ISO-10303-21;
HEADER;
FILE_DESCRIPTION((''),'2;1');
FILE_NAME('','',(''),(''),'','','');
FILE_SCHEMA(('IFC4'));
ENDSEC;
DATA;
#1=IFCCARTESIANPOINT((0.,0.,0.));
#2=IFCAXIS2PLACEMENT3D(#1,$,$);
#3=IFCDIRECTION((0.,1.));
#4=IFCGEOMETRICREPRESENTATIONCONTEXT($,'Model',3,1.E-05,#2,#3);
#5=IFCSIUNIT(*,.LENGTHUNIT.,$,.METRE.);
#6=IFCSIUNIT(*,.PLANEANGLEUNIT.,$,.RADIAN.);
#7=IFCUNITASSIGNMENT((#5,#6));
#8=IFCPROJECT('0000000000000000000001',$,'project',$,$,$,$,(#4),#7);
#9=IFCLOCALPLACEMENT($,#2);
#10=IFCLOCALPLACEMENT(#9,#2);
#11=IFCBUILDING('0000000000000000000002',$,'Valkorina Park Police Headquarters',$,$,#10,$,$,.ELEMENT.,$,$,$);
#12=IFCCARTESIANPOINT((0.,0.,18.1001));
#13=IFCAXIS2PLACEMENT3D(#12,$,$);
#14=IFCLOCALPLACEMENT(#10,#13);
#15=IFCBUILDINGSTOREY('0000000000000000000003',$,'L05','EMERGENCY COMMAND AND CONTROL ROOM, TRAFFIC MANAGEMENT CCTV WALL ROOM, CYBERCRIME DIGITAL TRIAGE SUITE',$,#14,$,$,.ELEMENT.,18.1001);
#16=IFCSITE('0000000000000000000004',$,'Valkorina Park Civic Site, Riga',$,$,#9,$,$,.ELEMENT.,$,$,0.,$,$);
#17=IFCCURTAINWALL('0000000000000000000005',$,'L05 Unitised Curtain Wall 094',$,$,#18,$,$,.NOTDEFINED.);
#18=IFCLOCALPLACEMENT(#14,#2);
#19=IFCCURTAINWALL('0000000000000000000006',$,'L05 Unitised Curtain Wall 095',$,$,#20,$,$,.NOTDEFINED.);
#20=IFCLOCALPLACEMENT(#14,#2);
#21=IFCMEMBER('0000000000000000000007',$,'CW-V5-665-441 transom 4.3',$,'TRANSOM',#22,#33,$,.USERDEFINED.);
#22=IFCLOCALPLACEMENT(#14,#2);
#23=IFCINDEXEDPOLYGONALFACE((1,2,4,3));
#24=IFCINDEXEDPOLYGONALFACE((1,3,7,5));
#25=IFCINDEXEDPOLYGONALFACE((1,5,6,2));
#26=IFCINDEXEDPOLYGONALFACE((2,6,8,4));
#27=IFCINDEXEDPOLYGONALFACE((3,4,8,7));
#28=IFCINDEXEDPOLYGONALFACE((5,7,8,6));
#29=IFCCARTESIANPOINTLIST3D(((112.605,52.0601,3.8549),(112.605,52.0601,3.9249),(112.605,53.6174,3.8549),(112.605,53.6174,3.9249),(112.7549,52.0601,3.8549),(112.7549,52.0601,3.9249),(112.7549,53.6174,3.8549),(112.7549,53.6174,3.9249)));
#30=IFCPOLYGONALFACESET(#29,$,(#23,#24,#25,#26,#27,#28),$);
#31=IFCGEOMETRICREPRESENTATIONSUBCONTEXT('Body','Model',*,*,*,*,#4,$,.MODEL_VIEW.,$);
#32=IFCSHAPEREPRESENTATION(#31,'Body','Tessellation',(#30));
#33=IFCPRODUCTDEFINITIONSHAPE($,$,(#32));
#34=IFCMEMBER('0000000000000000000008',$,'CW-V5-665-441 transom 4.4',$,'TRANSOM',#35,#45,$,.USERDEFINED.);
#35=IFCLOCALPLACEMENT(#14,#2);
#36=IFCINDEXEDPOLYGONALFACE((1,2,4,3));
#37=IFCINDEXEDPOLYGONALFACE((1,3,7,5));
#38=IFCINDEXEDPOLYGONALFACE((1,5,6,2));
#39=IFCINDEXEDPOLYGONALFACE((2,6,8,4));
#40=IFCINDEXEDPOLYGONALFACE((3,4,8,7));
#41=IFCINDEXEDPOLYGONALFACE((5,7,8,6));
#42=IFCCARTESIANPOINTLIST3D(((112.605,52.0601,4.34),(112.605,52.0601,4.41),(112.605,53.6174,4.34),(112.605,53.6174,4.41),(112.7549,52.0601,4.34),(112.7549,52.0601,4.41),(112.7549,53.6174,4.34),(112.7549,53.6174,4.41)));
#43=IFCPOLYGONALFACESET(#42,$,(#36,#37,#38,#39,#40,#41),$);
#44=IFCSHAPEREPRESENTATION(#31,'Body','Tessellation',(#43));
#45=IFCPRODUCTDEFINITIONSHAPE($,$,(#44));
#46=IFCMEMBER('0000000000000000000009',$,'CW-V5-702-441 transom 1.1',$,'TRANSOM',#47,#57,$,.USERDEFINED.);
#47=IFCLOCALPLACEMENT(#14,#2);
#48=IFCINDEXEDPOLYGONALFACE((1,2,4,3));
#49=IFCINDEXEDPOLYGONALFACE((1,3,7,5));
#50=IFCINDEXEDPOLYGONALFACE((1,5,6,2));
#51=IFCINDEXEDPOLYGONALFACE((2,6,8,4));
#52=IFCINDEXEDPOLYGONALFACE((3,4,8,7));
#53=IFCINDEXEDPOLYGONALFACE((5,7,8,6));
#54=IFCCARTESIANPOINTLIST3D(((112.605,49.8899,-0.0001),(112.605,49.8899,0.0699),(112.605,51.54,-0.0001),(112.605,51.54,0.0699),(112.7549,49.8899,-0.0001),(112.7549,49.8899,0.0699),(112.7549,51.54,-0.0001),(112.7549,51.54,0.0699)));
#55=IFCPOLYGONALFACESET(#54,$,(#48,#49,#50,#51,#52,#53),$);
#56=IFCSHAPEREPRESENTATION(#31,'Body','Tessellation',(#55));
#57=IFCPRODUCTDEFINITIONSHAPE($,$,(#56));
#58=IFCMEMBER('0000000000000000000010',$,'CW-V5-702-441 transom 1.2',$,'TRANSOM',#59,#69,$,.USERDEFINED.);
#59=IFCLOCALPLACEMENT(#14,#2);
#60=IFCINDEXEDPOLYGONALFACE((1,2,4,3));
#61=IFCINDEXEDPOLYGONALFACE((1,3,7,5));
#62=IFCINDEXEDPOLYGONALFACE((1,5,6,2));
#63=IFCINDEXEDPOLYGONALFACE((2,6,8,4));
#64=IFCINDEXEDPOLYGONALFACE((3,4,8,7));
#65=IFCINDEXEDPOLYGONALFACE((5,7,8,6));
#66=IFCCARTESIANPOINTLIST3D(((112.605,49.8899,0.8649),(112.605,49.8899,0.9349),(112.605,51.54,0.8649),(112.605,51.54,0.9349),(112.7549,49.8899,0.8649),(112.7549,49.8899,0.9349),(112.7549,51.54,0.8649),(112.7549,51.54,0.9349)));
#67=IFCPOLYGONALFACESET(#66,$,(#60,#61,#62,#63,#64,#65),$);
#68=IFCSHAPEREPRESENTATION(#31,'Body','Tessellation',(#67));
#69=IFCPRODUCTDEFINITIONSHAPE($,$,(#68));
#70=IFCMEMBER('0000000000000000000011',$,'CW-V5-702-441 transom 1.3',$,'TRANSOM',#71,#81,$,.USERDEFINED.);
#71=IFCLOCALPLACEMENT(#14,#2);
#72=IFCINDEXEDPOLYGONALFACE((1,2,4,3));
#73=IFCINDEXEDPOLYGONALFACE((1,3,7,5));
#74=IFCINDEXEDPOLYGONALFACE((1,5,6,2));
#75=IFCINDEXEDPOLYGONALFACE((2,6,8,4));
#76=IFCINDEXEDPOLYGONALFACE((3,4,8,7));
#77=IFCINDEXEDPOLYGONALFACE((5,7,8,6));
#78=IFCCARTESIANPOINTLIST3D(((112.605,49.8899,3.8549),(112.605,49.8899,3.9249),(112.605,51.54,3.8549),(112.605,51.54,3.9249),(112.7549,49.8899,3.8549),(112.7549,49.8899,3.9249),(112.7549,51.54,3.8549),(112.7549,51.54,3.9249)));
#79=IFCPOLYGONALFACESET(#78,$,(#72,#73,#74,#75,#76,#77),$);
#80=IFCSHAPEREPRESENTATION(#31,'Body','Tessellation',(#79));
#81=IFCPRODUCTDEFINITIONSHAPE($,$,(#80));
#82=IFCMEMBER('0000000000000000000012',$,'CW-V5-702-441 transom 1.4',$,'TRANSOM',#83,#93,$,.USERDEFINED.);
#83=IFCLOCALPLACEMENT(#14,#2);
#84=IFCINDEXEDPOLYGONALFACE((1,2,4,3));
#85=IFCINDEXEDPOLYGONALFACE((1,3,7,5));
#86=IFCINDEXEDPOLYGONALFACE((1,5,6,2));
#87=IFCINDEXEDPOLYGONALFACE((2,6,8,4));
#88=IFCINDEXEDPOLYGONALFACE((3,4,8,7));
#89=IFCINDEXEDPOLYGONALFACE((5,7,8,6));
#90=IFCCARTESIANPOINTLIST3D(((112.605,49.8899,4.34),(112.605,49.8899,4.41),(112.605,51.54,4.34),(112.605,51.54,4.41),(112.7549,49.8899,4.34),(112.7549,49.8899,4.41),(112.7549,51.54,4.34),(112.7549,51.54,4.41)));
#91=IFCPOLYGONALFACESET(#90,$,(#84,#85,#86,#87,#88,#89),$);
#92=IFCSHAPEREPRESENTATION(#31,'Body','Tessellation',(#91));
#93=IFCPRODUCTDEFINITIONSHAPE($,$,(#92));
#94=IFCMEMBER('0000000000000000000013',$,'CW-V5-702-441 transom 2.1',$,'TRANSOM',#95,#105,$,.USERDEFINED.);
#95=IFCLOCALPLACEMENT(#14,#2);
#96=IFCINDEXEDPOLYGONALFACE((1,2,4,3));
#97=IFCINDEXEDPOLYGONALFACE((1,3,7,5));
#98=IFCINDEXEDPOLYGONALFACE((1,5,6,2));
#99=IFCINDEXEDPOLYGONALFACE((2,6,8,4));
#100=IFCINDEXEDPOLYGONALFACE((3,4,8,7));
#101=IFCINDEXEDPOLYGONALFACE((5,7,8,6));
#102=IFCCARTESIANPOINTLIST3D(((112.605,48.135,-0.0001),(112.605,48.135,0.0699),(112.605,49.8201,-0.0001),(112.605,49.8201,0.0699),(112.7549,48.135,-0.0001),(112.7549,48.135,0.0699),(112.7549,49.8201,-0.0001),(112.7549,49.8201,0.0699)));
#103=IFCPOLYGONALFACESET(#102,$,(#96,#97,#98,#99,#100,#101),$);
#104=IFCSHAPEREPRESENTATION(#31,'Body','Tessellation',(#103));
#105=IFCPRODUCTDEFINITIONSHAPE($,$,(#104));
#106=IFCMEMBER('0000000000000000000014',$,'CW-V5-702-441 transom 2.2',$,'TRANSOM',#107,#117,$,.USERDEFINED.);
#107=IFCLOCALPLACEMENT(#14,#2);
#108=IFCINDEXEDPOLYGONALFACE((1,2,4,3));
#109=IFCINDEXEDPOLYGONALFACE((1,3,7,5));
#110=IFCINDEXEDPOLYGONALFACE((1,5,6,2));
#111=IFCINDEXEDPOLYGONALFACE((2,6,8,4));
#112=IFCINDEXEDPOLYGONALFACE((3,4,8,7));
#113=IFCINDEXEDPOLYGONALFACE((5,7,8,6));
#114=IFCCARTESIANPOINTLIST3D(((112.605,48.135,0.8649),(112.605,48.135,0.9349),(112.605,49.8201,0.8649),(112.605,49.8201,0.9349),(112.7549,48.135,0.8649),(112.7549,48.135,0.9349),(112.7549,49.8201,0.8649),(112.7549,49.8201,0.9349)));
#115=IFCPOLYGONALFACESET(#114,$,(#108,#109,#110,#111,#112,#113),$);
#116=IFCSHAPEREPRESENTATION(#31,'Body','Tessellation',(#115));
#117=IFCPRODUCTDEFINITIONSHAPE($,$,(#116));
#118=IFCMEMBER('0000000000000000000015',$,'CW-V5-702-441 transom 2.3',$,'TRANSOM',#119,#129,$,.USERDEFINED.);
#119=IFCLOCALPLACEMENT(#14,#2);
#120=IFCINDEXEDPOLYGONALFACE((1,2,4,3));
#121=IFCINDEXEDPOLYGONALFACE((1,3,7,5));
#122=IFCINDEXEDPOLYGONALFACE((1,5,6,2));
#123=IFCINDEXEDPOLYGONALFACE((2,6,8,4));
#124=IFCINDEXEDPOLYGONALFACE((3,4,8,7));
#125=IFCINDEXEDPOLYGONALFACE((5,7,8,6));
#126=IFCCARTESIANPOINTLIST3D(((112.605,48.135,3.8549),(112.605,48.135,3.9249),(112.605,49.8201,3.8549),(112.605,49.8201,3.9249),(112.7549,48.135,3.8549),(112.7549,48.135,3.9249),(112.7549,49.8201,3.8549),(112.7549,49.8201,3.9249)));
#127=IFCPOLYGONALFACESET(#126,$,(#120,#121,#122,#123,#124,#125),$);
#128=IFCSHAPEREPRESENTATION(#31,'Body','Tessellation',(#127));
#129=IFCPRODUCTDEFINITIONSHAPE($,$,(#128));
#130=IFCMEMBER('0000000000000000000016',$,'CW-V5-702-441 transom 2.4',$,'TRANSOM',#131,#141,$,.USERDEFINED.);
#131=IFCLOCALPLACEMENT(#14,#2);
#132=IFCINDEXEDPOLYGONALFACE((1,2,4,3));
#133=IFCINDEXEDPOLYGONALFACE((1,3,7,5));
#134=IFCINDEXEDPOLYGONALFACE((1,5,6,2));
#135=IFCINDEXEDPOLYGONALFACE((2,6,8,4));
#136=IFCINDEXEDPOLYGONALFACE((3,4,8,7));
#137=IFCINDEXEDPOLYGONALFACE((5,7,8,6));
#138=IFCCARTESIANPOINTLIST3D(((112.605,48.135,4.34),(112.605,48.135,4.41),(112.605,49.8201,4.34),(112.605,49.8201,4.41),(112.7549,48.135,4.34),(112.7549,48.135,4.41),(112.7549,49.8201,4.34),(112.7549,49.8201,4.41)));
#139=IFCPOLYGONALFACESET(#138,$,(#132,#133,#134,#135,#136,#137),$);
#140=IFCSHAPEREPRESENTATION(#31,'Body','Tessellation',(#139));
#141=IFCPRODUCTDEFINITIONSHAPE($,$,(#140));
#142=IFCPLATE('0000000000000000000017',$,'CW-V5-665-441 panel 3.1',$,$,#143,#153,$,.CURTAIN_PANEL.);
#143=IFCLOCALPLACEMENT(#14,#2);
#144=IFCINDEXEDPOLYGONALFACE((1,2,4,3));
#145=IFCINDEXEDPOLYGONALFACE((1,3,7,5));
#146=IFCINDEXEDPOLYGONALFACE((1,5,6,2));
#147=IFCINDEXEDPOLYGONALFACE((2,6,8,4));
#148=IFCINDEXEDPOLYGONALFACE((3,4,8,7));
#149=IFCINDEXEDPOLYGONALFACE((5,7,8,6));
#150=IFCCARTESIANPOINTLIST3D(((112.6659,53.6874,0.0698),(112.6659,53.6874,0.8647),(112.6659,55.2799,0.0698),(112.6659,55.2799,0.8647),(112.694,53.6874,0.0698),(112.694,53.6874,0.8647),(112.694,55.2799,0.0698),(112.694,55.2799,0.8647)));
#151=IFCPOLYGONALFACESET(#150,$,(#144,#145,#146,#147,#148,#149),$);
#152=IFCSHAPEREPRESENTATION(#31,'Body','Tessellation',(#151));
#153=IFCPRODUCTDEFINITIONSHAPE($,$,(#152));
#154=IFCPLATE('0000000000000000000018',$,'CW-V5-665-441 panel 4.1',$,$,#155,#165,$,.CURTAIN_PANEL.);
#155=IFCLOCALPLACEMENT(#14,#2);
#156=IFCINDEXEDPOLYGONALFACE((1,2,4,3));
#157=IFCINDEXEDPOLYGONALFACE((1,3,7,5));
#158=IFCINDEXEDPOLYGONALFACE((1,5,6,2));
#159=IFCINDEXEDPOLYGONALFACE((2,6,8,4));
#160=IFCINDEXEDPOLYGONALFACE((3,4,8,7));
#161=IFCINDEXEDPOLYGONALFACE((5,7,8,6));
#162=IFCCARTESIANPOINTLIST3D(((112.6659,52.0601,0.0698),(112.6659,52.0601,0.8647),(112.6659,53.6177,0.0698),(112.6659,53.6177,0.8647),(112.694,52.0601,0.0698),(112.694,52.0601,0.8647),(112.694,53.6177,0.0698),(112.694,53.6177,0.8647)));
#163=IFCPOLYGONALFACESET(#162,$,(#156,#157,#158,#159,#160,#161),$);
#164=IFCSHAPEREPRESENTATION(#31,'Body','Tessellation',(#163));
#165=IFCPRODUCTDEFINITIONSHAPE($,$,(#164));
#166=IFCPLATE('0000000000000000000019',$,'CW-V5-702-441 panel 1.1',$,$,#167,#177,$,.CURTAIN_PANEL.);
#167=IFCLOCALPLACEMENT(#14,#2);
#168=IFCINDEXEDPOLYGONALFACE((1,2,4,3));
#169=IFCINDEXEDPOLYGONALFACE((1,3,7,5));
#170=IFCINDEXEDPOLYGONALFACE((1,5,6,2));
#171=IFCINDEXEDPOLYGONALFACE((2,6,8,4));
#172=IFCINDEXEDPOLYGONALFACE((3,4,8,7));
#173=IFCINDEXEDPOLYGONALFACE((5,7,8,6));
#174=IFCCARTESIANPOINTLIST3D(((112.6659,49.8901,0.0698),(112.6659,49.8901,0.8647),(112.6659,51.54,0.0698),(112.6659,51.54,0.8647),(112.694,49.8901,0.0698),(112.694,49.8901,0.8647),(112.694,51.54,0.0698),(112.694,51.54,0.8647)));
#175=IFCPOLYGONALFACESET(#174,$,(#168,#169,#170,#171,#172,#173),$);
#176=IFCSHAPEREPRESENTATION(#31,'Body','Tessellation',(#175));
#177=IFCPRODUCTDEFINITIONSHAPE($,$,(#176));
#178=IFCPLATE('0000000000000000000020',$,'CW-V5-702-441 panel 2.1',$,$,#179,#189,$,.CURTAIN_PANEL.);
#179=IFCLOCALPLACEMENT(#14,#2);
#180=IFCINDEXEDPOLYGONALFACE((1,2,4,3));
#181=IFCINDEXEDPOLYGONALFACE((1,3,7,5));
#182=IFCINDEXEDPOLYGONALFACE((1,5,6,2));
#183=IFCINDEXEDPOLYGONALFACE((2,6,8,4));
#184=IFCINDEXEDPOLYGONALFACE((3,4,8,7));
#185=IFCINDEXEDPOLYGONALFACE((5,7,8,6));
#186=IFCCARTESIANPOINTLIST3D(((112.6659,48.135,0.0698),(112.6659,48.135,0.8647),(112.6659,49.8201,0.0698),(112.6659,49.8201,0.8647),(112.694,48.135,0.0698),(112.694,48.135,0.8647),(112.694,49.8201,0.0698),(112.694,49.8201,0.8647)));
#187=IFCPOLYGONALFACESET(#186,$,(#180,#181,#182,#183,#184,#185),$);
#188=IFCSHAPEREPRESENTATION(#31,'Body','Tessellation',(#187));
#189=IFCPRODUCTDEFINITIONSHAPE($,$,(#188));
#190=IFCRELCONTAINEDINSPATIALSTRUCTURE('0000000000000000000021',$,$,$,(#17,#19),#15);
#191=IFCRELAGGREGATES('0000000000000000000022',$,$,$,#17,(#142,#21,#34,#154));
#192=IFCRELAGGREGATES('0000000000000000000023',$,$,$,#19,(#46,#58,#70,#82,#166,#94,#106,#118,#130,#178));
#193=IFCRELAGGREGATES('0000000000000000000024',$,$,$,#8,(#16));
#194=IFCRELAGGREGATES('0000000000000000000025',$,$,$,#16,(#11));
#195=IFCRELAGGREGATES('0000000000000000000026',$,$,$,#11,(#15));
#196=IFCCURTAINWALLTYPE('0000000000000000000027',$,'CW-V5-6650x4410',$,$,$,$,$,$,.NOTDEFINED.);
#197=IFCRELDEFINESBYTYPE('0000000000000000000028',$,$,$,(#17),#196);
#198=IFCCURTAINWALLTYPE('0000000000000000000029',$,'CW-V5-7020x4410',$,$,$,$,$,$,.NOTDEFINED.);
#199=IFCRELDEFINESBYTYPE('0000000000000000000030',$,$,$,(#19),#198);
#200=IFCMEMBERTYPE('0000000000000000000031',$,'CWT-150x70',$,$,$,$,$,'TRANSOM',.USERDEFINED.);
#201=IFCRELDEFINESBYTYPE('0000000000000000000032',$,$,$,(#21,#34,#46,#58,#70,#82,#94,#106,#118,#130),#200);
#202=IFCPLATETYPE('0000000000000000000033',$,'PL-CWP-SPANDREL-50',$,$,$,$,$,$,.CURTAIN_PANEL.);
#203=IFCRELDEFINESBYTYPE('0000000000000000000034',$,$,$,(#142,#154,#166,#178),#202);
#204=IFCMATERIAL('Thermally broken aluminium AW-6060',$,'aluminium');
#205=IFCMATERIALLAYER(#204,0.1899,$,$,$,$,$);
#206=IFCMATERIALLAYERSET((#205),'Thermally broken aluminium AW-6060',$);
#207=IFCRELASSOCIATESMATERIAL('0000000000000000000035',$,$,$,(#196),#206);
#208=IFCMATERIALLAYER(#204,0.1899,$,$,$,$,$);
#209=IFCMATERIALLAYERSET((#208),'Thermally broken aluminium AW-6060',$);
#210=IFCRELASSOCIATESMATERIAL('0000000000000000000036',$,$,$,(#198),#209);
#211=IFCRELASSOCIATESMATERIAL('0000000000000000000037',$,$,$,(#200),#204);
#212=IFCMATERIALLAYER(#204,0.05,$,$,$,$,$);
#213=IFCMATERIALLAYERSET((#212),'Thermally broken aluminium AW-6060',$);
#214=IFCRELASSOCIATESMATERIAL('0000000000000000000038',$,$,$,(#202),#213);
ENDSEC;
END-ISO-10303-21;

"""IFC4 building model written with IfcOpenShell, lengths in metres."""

from ifc_helpers import new_model, si_unit, direction, frame, origin, origin_2d, place, context, subcontext, project, spatial, rectangle, extrude, material, layer, layer_set, material_profile, profile_set, type_object, element, aggregate, save


model = new_model("IFC4")

# Units and contexts
model_context = context("Model", 3, precision=1e-05, world=origin(), true_north=direction((0.0, 1.0)))
body_context = subcontext(model_context, "Body", "Model", "MODEL_VIEW")
ifc_project = project(units=[si_unit("LENGTHUNIT", "METRE"), si_unit("PLANEANGLEUNIT", "RADIAN")], contexts=[model_context])

# Site, building, storey
site_placement = place(None, origin())
site = spatial("IfcSite", under=ifc_project, at=site_placement, Name="Valkorina Park Civic Site, Riga", CompositionType="ELEMENT", RefElevation=0.0)
building_placement = place(site_placement, origin())
building = spatial("IfcBuilding", under=site, at=building_placement, Name="Valkorina Park Police Headquarters", CompositionType="ELEMENT")
storey_placement = place(building_placement, frame((0.0, 0.0, 18.1001)))
storey = spatial("IfcBuildingStorey", under=building, at=storey_placement, Name="L05", Description="EMERGENCY COMMAND AND CONTROL ROOM, TRAFFIC MANAGEMENT CCTV WALL ROOM, CYBERCRIME DIGITAL TRIAGE SUITE", CompositionType="ELEMENT", Elevation=18.1001)

# Curtain walls
ifc_material_1 = material(Name="Thermally broken aluminium AW-6060", Category="aluminium")
ifc_layer_1 = layer(ifc_material_1, 0.1899)
ifc_layer_set_1 = layer_set([ifc_layer_1], Name="Thermally broken aluminium AW-6060")
curtain_wall_type_1 = type_object("IfcCurtainWallType", Name="CW-V5-6650x4410", PredefinedType="NOTDEFINED", material=ifc_layer_set_1)
curtain_wall_1_placement = place(storey_placement, origin())
curtain_wall_1 = element("IfcCurtainWall", 1, at=curtain_wall_1_placement, inside=storey, type_object=curtain_wall_type_1, Name="L05 Unitised Curtain Wall 094", PredefinedType="NOTDEFINED")
ifc_layer_2 = layer(ifc_material_1, 0.1899)
ifc_layer_set_2 = layer_set([ifc_layer_2], Name="Thermally broken aluminium AW-6060")
curtain_wall_type_2 = type_object("IfcCurtainWallType", Name="CW-V5-7020x4410", PredefinedType="NOTDEFINED", material=ifc_layer_set_2)
curtain_wall_2_placement = place(storey_placement, origin())
curtain_wall_2 = element("IfcCurtainWall", 2, at=curtain_wall_2_placement, inside=storey, type_object=curtain_wall_type_2, Name="L05 Unitised Curtain Wall 095", PredefinedType="NOTDEFINED")

# Members
ifc_material_profile_1 = material_profile(ifc_material_1, rectangle(XDim=0.1499, YDim=0.0701, at=origin_2d()), Name="CWT-02 150x70")
ifc_profile_set_1 = profile_set([ifc_material_profile_1], Name="Thermally broken aluminium AW-6060")
member_type_1 = type_object("IfcMemberType", Name="CWT-150x70", ElementType="TRANSOM", PredefinedType="USERDEFINED", material=ifc_profile_set_1)
member_1_placement = place(storey_placement, frame((112.6799, 53.6174, 3.8899), z_axis=(0.0, -1.0, 0.0), x_axis=(1.0, 0.0, 0.0)))
member_1 = element("IfcMember", 3, at=member_1_placement, type_object=member_type_1, Name="CW-V5-665-441 transom 4.3", ObjectType="TRANSOM", PredefinedType="USERDEFINED", context=body_context, shape_type="SweptSolid", body=[
    extrude(rectangle(XDim=0.1499, YDim=0.0701, at=origin_2d()), origin(), (0.0, 0.0, 1.0), 1.5574),
])
member_2_placement = place(storey_placement, frame((112.6799, 53.6174, 4.375), z_axis=(0.0, -1.0, 0.0), x_axis=(1.0, 0.0, 0.0)))
member_2 = element("IfcMember", 4, at=member_2_placement, type_object=member_type_1, Name="CW-V5-665-441 transom 4.4", ObjectType="TRANSOM", PredefinedType="USERDEFINED", context=body_context, shape_type="SweptSolid", body=[
    extrude(rectangle(XDim=0.1499, YDim=0.0701, at=origin_2d()), origin(), (0.0, 0.0, 1.0), 1.5574),
])
member_3_placement = place(storey_placement, frame((112.6799, 51.54, 0.0349), z_axis=(0.0, -1.0, 0.0), x_axis=(1.0, 0.0, 0.0)))
member_3 = element("IfcMember", 5, at=member_3_placement, type_object=member_type_1, Name="CW-V5-702-441 transom 1.1", ObjectType="TRANSOM", PredefinedType="USERDEFINED", context=body_context, shape_type="SweptSolid", body=[
    extrude(rectangle(XDim=0.1499, YDim=0.0701, at=origin_2d()), origin(), (0.0, 0.0, 1.0), 1.6501),
])
member_4_placement = place(storey_placement, frame((112.6799, 51.54, 0.8999), z_axis=(0.0, -1.0, 0.0), x_axis=(1.0, 0.0, 0.0)))
member_4 = element("IfcMember", 6, at=member_4_placement, type_object=member_type_1, Name="CW-V5-702-441 transom 1.2", ObjectType="TRANSOM", PredefinedType="USERDEFINED", context=body_context, shape_type="SweptSolid", body=[
    extrude(rectangle(XDim=0.1499, YDim=0.0701, at=origin_2d()), origin(), (0.0, 0.0, 1.0), 1.6501),
])
member_5_placement = place(storey_placement, frame((112.6799, 51.54, 3.8899), z_axis=(0.0, -1.0, 0.0), x_axis=(1.0, 0.0, 0.0)))
member_5 = element("IfcMember", 7, at=member_5_placement, type_object=member_type_1, Name="CW-V5-702-441 transom 1.3", ObjectType="TRANSOM", PredefinedType="USERDEFINED", context=body_context, shape_type="SweptSolid", body=[
    extrude(rectangle(XDim=0.1499, YDim=0.0701, at=origin_2d()), origin(), (0.0, 0.0, 1.0), 1.6501),
])
member_6_placement = place(storey_placement, frame((112.6799, 51.54, 4.375), z_axis=(0.0, -1.0, 0.0), x_axis=(1.0, 0.0, 0.0)))
member_6 = element("IfcMember", 8, at=member_6_placement, type_object=member_type_1, Name="CW-V5-702-441 transom 1.4", ObjectType="TRANSOM", PredefinedType="USERDEFINED", context=body_context, shape_type="SweptSolid", body=[
    extrude(rectangle(XDim=0.1499, YDim=0.0701, at=origin_2d()), origin(), (0.0, 0.0, 1.0), 1.6501),
])
member_7_placement = place(storey_placement, frame((112.6799, 49.8201, 0.0349), z_axis=(0.0, -1.0, 0.0), x_axis=(1.0, 0.0, 0.0)))
member_7 = element("IfcMember", 9, at=member_7_placement, type_object=member_type_1, Name="CW-V5-702-441 transom 2.1", ObjectType="TRANSOM", PredefinedType="USERDEFINED", context=body_context, shape_type="SweptSolid", body=[
    extrude(rectangle(XDim=0.1499, YDim=0.0701, at=origin_2d()), origin(), (0.0, 0.0, 1.0), 1.6851),
])
member_8_placement = place(storey_placement, frame((112.6799, 49.8201, 0.8999), z_axis=(0.0, -1.0, 0.0), x_axis=(1.0, 0.0, 0.0)))
member_8 = element("IfcMember", 10, at=member_8_placement, type_object=member_type_1, Name="CW-V5-702-441 transom 2.2", ObjectType="TRANSOM", PredefinedType="USERDEFINED", context=body_context, shape_type="SweptSolid", body=[
    extrude(rectangle(XDim=0.1499, YDim=0.0701, at=origin_2d()), origin(), (0.0, 0.0, 1.0), 1.6851),
])
member_9_placement = place(storey_placement, frame((112.6799, 49.8201, 3.8899), z_axis=(0.0, -1.0, 0.0), x_axis=(1.0, 0.0, 0.0)))
member_9 = element("IfcMember", 11, at=member_9_placement, type_object=member_type_1, Name="CW-V5-702-441 transom 2.3", ObjectType="TRANSOM", PredefinedType="USERDEFINED", context=body_context, shape_type="SweptSolid", body=[
    extrude(rectangle(XDim=0.1499, YDim=0.0701, at=origin_2d()), origin(), (0.0, 0.0, 1.0), 1.6851),
])
member_10_placement = place(storey_placement, frame((112.6799, 49.8201, 4.375), z_axis=(0.0, -1.0, 0.0), x_axis=(1.0, 0.0, 0.0)))
member_10 = element("IfcMember", 12, at=member_10_placement, type_object=member_type_1, Name="CW-V5-702-441 transom 2.4", ObjectType="TRANSOM", PredefinedType="USERDEFINED", context=body_context, shape_type="SweptSolid", body=[
    extrude(rectangle(XDim=0.1499, YDim=0.0701, at=origin_2d()), origin(), (0.0, 0.0, 1.0), 1.6851),
])

# Plates
ifc_layer_3 = layer(ifc_material_1, 0.05)
ifc_layer_set_3 = layer_set([ifc_layer_3], Name="Thermally broken aluminium AW-6060")
plate_type_1 = type_object("IfcPlateType", Name="PL-CWP-SPANDREL-50", PredefinedType="CURTAIN_PANEL", material=ifc_layer_set_3)
plate_1_placement = place(storey_placement, frame((112.6799, 54.4836, 0.0698), z_axis=(0.0, 0.0, 1.0), x_axis=(0.0, -1.0, 0.0)))
plate_1 = element("IfcPlate", 13, at=plate_1_placement, type_object=plate_type_1, Name="CW-V5-665-441 panel 3.1", PredefinedType="CURTAIN_PANEL", context=body_context, shape_type="SweptSolid", body=[
    extrude(rectangle(XDim=1.5925, YDim=0.0281, at=origin_2d()), origin(), (0.0, 0.0, 1.0), 0.7949),
])
plate_2_placement = place(storey_placement, frame((112.6799, 52.8389, 0.0698), z_axis=(0.0, 0.0, 1.0), x_axis=(0.0, -1.0, 0.0)))
plate_2 = element("IfcPlate", 14, at=plate_2_placement, type_object=plate_type_1, Name="CW-V5-665-441 panel 4.1", PredefinedType="CURTAIN_PANEL", context=body_context, shape_type="SweptSolid", body=[
    extrude(rectangle(XDim=1.5576, YDim=0.0281, at=origin_2d()), origin(), (0.0, 0.0, 1.0), 0.7949),
])
plate_3_placement = place(storey_placement, frame((112.6799, 50.7151, 0.0698), z_axis=(0.0, 0.0, 1.0), x_axis=(0.0, -1.0, 0.0)))
plate_3 = element("IfcPlate", 15, at=plate_3_placement, type_object=plate_type_1, Name="CW-V5-702-441 panel 1.1", PredefinedType="CURTAIN_PANEL", context=body_context, shape_type="SweptSolid", body=[
    extrude(rectangle(XDim=1.6499, YDim=0.0281, at=origin_2d()), origin(), (0.0, 0.0, 1.0), 0.7949),
])
plate_4_placement = place(storey_placement, frame((112.6799, 48.9775, 0.0698), z_axis=(0.0, 0.0, 1.0), x_axis=(0.0, -1.0, 0.0)))
plate_4 = element("IfcPlate", 16, at=plate_4_placement, type_object=plate_type_1, Name="CW-V5-702-441 panel 2.1", PredefinedType="CURTAIN_PANEL", context=body_context, shape_type="SweptSolid", body=[
    extrude(rectangle(XDim=1.6851, YDim=0.0281, at=origin_2d()), origin(), (0.0, 0.0, 1.0), 0.7949),
])
aggregate(curtain_wall_1, [plate_1, member_1, member_2, plate_2])
aggregate(curtain_wall_2, [member_3, member_4, member_5, member_6, plate_3, member_7, member_8, member_9, member_10, plate_4])

save(model, "model.ifc")
